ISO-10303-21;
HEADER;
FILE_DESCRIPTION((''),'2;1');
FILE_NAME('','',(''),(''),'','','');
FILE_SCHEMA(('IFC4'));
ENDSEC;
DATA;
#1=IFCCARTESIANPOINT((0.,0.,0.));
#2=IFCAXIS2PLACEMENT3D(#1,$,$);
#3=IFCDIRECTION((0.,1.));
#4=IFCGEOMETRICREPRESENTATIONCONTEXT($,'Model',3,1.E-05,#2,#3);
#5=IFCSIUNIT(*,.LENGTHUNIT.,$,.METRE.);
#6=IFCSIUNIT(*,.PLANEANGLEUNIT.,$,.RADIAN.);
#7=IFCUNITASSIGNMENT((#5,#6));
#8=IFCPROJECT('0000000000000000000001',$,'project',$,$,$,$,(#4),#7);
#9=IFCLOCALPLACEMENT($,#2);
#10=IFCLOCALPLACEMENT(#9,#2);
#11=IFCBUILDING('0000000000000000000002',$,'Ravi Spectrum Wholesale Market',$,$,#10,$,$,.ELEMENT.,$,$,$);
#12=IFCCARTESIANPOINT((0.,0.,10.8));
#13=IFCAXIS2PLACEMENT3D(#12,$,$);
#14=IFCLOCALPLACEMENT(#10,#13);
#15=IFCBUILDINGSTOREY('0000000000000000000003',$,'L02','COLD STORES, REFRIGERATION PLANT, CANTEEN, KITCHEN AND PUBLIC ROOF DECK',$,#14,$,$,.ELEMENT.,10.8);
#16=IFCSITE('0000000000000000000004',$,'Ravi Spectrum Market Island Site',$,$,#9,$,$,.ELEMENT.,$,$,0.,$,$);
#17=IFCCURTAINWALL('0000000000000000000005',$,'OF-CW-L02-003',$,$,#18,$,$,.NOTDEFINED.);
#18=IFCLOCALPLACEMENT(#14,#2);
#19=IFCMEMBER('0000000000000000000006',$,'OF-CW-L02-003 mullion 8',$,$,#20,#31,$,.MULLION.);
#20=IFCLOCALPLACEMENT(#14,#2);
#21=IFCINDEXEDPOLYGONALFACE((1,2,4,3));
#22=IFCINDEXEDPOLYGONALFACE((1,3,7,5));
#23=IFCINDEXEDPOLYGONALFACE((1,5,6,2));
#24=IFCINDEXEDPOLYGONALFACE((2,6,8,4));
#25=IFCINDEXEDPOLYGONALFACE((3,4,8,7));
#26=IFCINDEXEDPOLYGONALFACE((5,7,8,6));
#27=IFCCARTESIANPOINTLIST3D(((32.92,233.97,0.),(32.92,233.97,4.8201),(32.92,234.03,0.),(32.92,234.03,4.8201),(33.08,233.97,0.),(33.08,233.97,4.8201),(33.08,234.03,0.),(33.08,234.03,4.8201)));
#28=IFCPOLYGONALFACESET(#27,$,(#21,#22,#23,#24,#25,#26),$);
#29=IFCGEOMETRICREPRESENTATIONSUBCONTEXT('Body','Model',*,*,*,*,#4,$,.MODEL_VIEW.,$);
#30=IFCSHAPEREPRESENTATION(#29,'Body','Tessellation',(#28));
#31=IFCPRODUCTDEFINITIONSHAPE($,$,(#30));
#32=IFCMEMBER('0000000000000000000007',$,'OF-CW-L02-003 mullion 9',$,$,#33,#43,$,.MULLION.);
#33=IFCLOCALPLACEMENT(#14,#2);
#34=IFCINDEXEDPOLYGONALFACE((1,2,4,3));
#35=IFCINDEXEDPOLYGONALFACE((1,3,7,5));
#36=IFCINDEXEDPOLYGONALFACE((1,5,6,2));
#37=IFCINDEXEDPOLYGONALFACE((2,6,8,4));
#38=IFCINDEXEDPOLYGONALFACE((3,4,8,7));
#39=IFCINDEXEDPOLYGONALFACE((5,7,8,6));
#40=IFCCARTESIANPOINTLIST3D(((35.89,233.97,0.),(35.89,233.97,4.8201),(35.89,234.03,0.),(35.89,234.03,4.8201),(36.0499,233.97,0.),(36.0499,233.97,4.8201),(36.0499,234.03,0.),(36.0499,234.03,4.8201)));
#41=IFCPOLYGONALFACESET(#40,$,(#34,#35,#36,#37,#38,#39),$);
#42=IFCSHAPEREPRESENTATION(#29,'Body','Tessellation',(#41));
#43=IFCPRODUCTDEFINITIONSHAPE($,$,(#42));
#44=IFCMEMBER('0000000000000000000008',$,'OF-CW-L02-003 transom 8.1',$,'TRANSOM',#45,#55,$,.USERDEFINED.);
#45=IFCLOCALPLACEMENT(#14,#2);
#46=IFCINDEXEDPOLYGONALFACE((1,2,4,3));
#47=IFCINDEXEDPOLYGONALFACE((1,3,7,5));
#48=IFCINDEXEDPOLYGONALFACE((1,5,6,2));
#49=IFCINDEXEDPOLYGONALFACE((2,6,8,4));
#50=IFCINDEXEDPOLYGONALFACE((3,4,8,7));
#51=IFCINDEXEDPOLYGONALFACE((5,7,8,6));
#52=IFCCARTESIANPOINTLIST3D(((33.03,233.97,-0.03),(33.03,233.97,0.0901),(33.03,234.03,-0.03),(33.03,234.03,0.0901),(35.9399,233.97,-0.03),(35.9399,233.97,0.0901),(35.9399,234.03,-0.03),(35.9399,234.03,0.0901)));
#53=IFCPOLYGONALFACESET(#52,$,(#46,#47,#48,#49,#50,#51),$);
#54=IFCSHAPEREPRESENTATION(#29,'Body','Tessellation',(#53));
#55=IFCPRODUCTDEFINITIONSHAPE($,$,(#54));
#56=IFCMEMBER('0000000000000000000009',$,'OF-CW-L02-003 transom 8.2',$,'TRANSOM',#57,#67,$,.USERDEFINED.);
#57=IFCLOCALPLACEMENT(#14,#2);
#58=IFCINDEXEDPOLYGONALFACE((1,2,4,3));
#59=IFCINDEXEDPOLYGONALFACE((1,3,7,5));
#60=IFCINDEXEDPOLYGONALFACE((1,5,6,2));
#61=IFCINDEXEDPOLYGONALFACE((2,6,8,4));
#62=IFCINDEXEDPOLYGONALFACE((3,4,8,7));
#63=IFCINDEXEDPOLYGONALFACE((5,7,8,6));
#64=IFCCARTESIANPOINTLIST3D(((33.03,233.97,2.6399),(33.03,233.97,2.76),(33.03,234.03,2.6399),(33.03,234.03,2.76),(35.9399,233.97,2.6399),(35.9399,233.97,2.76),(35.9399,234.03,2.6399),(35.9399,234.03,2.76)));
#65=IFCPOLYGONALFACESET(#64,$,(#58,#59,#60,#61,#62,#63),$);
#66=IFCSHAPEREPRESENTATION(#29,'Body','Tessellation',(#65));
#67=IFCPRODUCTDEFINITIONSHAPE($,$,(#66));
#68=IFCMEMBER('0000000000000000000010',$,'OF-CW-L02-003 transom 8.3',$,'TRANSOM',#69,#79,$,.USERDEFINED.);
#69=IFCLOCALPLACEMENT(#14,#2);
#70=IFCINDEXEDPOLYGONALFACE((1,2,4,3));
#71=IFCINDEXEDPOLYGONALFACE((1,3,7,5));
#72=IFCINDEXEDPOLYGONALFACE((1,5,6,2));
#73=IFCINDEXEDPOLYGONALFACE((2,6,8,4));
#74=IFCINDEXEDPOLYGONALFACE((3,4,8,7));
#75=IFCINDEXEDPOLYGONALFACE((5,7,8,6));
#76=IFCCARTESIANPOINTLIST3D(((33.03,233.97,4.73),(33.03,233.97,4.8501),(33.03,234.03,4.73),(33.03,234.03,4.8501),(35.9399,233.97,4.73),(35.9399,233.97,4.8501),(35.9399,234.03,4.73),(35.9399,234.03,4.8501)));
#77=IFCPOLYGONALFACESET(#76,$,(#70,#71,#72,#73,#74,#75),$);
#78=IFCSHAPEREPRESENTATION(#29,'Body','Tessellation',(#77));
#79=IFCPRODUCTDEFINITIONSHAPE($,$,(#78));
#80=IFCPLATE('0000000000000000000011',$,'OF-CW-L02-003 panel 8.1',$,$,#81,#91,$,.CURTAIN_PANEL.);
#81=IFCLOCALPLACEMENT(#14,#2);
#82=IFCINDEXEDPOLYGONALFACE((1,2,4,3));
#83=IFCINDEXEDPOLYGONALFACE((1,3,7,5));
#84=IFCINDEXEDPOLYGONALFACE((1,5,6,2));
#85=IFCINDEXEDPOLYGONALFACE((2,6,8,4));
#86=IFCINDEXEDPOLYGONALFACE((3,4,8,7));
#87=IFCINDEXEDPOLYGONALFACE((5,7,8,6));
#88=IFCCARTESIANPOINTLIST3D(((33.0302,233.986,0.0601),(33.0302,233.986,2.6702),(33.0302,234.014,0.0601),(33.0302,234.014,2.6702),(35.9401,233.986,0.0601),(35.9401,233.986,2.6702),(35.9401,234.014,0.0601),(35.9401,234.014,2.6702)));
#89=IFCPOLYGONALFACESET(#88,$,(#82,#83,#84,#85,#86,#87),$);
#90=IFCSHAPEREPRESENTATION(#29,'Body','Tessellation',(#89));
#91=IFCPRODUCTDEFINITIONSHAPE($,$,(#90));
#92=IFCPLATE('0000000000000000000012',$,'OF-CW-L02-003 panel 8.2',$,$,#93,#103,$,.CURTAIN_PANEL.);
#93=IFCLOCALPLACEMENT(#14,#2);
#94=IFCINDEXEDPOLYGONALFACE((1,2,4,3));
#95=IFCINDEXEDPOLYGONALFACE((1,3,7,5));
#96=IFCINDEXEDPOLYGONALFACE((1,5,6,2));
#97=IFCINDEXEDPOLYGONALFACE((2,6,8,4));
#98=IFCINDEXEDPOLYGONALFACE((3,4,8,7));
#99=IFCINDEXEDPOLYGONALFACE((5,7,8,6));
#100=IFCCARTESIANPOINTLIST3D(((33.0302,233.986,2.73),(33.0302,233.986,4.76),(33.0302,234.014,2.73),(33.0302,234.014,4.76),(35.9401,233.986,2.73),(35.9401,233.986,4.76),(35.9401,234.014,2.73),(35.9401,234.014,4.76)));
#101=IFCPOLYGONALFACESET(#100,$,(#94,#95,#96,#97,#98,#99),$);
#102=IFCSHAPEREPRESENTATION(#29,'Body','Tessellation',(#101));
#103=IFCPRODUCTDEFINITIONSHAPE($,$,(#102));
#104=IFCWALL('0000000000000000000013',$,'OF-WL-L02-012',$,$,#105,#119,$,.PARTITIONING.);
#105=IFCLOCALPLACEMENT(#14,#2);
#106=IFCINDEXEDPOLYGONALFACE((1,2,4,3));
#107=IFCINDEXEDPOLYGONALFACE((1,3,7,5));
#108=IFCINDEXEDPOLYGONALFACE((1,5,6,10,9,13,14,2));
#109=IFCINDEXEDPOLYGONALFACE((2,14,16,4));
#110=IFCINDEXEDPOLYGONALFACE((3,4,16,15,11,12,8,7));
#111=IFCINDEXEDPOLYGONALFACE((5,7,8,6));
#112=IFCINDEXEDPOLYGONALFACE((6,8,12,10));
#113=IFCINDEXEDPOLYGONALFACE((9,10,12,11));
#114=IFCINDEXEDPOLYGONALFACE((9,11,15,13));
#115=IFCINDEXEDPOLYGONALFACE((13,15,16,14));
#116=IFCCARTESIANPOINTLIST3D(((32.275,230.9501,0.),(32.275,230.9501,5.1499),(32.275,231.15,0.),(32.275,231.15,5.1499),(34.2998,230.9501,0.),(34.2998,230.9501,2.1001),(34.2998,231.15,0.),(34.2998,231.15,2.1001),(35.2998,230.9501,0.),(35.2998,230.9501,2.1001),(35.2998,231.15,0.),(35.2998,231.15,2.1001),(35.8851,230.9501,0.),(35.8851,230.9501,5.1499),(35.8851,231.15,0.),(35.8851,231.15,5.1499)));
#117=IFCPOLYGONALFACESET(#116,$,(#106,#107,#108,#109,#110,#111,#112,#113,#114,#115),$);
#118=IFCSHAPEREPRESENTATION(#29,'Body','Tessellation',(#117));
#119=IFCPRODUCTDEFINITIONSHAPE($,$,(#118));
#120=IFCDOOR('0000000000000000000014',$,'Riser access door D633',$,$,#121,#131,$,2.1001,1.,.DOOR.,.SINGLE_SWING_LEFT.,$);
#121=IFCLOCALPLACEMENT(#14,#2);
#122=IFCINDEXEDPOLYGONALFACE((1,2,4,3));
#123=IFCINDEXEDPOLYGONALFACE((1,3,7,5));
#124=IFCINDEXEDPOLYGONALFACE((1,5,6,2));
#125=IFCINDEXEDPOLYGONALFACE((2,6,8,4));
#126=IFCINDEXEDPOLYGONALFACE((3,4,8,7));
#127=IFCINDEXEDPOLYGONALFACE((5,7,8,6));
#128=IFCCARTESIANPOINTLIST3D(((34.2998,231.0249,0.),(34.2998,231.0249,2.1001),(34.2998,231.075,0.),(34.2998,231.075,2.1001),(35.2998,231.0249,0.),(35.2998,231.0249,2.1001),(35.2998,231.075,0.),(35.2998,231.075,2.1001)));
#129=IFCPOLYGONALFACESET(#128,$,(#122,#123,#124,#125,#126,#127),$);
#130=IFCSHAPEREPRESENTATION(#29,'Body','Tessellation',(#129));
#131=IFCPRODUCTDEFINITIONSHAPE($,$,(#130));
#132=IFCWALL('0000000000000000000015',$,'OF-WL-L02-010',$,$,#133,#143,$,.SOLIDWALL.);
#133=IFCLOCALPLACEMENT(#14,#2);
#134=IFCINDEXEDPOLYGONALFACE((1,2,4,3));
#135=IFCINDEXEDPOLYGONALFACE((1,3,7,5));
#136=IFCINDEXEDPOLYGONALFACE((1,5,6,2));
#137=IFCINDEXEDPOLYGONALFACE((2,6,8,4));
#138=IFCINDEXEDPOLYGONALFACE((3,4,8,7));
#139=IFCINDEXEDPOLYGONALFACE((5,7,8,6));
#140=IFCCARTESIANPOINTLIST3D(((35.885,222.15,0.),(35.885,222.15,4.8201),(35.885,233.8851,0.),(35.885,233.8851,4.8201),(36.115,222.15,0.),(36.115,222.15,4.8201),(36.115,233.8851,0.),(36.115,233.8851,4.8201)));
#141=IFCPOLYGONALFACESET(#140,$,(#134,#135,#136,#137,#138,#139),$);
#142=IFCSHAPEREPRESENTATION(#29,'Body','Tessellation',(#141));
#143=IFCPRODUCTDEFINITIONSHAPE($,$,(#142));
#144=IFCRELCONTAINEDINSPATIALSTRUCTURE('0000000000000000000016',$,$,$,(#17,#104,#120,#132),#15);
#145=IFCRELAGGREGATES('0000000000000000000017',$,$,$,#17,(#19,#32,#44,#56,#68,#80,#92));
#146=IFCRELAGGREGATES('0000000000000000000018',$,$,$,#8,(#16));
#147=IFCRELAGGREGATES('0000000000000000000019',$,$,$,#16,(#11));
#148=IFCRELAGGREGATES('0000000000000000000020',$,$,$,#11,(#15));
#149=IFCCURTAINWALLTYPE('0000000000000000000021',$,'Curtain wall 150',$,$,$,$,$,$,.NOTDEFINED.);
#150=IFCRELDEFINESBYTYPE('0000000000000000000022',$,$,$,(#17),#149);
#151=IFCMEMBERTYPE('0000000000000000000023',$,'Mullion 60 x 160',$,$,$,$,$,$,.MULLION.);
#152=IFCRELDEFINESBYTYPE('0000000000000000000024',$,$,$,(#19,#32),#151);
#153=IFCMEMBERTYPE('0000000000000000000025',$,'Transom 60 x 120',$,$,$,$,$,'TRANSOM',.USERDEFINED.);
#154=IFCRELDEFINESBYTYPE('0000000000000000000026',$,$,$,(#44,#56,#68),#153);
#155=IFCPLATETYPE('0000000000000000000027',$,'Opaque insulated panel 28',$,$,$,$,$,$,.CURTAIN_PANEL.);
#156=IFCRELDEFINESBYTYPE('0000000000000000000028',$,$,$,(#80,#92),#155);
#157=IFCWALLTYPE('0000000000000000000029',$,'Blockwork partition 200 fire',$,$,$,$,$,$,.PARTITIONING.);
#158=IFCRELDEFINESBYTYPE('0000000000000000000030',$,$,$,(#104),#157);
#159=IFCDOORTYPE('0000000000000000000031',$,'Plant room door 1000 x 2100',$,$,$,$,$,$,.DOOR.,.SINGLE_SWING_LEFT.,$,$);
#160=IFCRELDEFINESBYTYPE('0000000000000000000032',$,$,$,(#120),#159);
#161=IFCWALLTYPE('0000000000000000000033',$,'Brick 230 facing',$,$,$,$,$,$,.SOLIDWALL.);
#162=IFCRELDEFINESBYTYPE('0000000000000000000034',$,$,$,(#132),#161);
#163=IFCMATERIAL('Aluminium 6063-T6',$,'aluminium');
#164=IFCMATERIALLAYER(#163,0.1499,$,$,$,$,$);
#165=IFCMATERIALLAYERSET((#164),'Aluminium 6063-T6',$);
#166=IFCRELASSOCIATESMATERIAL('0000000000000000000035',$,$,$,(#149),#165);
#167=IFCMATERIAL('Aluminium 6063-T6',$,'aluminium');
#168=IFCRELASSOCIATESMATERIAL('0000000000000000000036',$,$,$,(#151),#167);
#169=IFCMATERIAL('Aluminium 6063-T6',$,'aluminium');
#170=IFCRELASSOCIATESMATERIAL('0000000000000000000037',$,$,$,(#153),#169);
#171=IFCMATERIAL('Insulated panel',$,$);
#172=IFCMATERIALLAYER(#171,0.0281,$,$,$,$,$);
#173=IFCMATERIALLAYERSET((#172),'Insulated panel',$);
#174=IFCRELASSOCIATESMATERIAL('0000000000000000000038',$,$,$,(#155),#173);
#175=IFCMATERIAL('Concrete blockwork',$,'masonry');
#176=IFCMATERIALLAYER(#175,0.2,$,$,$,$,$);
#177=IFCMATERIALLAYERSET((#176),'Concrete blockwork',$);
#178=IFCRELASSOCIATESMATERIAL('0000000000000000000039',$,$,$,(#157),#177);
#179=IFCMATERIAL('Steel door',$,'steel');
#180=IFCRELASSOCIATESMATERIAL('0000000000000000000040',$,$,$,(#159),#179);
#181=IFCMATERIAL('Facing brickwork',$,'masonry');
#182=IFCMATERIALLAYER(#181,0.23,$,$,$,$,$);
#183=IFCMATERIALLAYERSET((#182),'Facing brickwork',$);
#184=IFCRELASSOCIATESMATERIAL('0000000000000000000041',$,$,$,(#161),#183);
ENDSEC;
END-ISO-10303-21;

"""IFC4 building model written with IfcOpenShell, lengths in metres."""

from ifc_helpers import new_model, si_unit, direction, frame, frame_2d, origin, origin_2d, place, context, subcontext, project, spatial, rectangle, extrude, material, layer, layer_set, material_profile, profile_set, type_object, element, fill, aggregate, save


model = new_model("IFC4")

# Units and contexts
model_context = context("Model", 3, precision=1e-05, world=origin(), true_north=direction((0.0, 1.0)))
body_context = subcontext(model_context, "Body", "Model", "MODEL_VIEW")
ifc_project = project(units=[si_unit("LENGTHUNIT", "METRE"), si_unit("PLANEANGLEUNIT", "RADIAN")], contexts=[model_context])

# Site, building, storey
site_placement = place(None, origin())
site = spatial("IfcSite", under=ifc_project, at=site_placement, Name="Ravi Spectrum Market Island Site", CompositionType="ELEMENT", RefElevation=0.0)
building_placement = place(site_placement, origin())
building = spatial("IfcBuilding", under=site, at=building_placement, Name="Ravi Spectrum Wholesale Market", CompositionType="ELEMENT")
storey_placement = place(building_placement, frame((0.0, 0.0, 10.8)))
storey = spatial("IfcBuildingStorey", under=building, at=storey_placement, Name="L02", Description="COLD STORES, REFRIGERATION PLANT, CANTEEN, KITCHEN AND PUBLIC ROOF DECK", CompositionType="ELEMENT", Elevation=10.8)

# Curtain wall, members, plates
ifc_material_1 = material(Name="Aluminium 6063-T6", Category="aluminium")
ifc_layer_1 = layer(ifc_material_1, 0.1499)
ifc_layer_set_1 = layer_set([ifc_layer_1], Name="Aluminium 6063-T6")
curtain_wall_type = type_object("IfcCurtainWallType", Name="Curtain wall 150", PredefinedType="NOTDEFINED", material=ifc_layer_set_1)
curtain_wall_placement = place(storey_placement, origin())
curtain_wall = element("IfcCurtainWall", 1, at=curtain_wall_placement, inside=storey, type_object=curtain_wall_type, Name="OF-CW-L02-003", PredefinedType="NOTDEFINED")
ifc_material_2 = material(Name="Aluminium 6063-T6", Category="aluminium")
ifc_material_profile_1 = material_profile(ifc_material_2, rectangle(XDim=0.0601, YDim=0.1599, at=origin_2d()))
ifc_profile_set_1 = profile_set([ifc_material_profile_1], Name="Aluminium 6063-T6")
member_type_1 = type_object("IfcMemberType", Name="Mullion 60 x 160", PredefinedType="MULLION", material=ifc_profile_set_1)
member_1_placement = place(storey_placement, frame((33.0, 234.0, 0.0), z_axis=(0.0, 0.0, 1.0), x_axis=(0.0, 1.0, 0.0)))
member_1 = element("IfcMember", 2, at=member_1_placement, type_object=member_type_1, Name="OF-CW-L02-003 mullion 8", PredefinedType="MULLION", context=body_context, shape_type="SweptSolid", body=[
    extrude(rectangle(XDim=0.0601, YDim=0.1599, at=origin_2d()), origin(), (0.0, 0.0, 1.0), 4.8201),
])
member_2_placement = place(storey_placement, frame((35.97, 234.0, 0.0), z_axis=(0.0, 0.0, 1.0), x_axis=(0.0, 1.0, 0.0)))
member_2 = element("IfcMember", 3, at=member_2_placement, type_object=member_type_1, Name="OF-CW-L02-003 mullion 9", PredefinedType="MULLION", context=body_context, shape_type="SweptSolid", body=[
    extrude(rectangle(XDim=0.0601, YDim=0.1599, at=origin_2d()), origin(), (0.0, 0.0, 1.0), 4.8201),
])
ifc_material_3 = material(Name="Aluminium 6063-T6", Category="aluminium")
ifc_material_profile_2 = material_profile(ifc_material_3, rectangle(XDim=0.0601, YDim=0.1201, at=origin_2d()))
ifc_profile_set_2 = profile_set([ifc_material_profile_2], Name="Aluminium 6063-T6")
member_type_2 = type_object("IfcMemberType", Name="Transom 60 x 120", ElementType="TRANSOM", PredefinedType="USERDEFINED", material=ifc_profile_set_2)
member_3_placement = place(storey_placement, frame((33.03, 234.0, 0.03), z_axis=(1.0, 0.0, 0.0), x_axis=(0.0, 1.0, 0.0)))
member_3 = element("IfcMember", 4, at=member_3_placement, type_object=member_type_2, Name="OF-CW-L02-003 transom 8.1", ObjectType="TRANSOM", PredefinedType="USERDEFINED", context=body_context, shape_type="SweptSolid", body=[
    extrude(rectangle(XDim=0.0601, YDim=0.1201, at=origin_2d()), origin(), (0.0, 0.0, 1.0), 2.9099),
])
member_4_placement = place(storey_placement, frame((33.03, 234.0, 2.7), z_axis=(1.0, 0.0, 0.0), x_axis=(0.0, 1.0, 0.0)))
member_4 = element("IfcMember", 5, at=member_4_placement, type_object=member_type_2, Name="OF-CW-L02-003 transom 8.2", ObjectType="TRANSOM", PredefinedType="USERDEFINED", context=body_context, shape_type="SweptSolid", body=[
    extrude(rectangle(XDim=0.0601, YDim=0.1201, at=origin_2d()), origin(), (0.0, 0.0, 1.0), 2.9099),
])
member_5_placement = place(storey_placement, frame((33.03, 234.0, 4.79), z_axis=(1.0, 0.0, 0.0), x_axis=(0.0, 1.0, 0.0)))
member_5 = element("IfcMember", 6, at=member_5_placement, type_object=member_type_2, Name="OF-CW-L02-003 transom 8.3", ObjectType="TRANSOM", PredefinedType="USERDEFINED", context=body_context, shape_type="SweptSolid", body=[
    extrude(rectangle(XDim=0.0601, YDim=0.1201, at=origin_2d()), origin(), (0.0, 0.0, 1.0), 2.9099),
])
ifc_material_4 = material(Name="Insulated panel")
ifc_layer_2 = layer(ifc_material_4, 0.0281)
ifc_layer_set_2 = layer_set([ifc_layer_2], Name="Insulated panel")
plate_type = type_object("IfcPlateType", Name="Opaque insulated panel 28", PredefinedType="CURTAIN_PANEL", material=ifc_layer_set_2)
plate_1_placement = place(storey_placement, frame((34.4851, 234.0, 0.0601), z_axis=(0.0, 0.0, 1.0), x_axis=(1.0, 0.0, 0.0)))
plate_1 = element("IfcPlate", 7, at=plate_1_placement, type_object=plate_type, Name="OF-CW-L02-003 panel 8.1", PredefinedType="CURTAIN_PANEL", context=body_context, shape_type="SweptSolid", body=[
    extrude(rectangle(XDim=2.9099, YDim=0.0281, at=origin_2d()), origin(), (0.0, 0.0, 1.0), 2.6101),
])
plate_2_placement = place(storey_placement, frame((34.4851, 234.0, 2.73), z_axis=(0.0, 0.0, 1.0), x_axis=(1.0, 0.0, 0.0)))
plate_2 = element("IfcPlate", 8, at=plate_2_placement, type_object=plate_type, Name="OF-CW-L02-003 panel 8.2", PredefinedType="CURTAIN_PANEL", context=body_context, shape_type="SweptSolid", body=[
    extrude(rectangle(XDim=2.9099, YDim=0.0281, at=origin_2d()), origin(), (0.0, 0.0, 1.0), 2.03),
])
aggregate(curtain_wall, [member_1, member_2, member_3, member_4, member_5, plate_1, plate_2])

# Wall, opening, door
ifc_material_5 = material(Name="Concrete blockwork", Category="masonry")
ifc_layer_3 = layer(ifc_material_5, 0.2)
ifc_layer_set_3 = layer_set([ifc_layer_3], Name="Concrete blockwork")
wall_type_1 = type_object("IfcWallType", Name="Blockwork partition 200 fire", PredefinedType="PARTITIONING", material=ifc_layer_set_3)
wall_1_placement = place(storey_placement, frame((32.2749, 231.05, 0.0), z_axis=(0.0, 0.0, 1.0), x_axis=(1.0, 0.0, 0.0)))
wall_1 = element("IfcWall", 9, at=wall_1_placement, inside=storey, type_object=wall_type_1, Name="OF-WL-L02-012", PredefinedType="PARTITIONING", context=body_context, shape_type="SweptSolid", body=[
    extrude(rectangle(XDim=3.6101, YDim=0.2, at=frame_2d((1.8052, 0.0))), origin(), (0.0, 0.0, 1.0), 5.1499),
])
opening_placement = place(wall_1_placement, frame((2.0249, 0.0, 0.0)))
opening = element("IfcOpeningElement", 10, at=opening_placement, cuts=wall_1, PredefinedType="OPENING", context=body_context, shape_type="SweptSolid", body=[
    extrude(rectangle(XDim=1.0, YDim=2.1001, at=frame_2d((0.5, 1.05))), frame((0.0, 0.1099, 0.0), z_axis=(0.0, -1.0, 0.0), x_axis=(1.0, 0.0, 0.0)), (0.0, 0.0, 1.0), 0.22),
])
ifc_material_6 = material(Name="Steel door", Category="steel")
door_type = type_object("IfcDoorType", Name="Plant room door 1000 x 2100", OperationType="SINGLE_SWING_LEFT", PredefinedType="DOOR", material=ifc_material_6)
door_placement = place(opening_placement, origin())
door = element("IfcDoor", 11, at=door_placement, inside=storey, type_object=door_type, Name="Riser access door D633", OperationType="SINGLE_SWING_LEFT", OverallHeight=2.1001, OverallWidth=1.0, PredefinedType="DOOR", context=body_context, shape_type="SweptSolid", body=[
    extrude(rectangle(XDim=1.0, YDim=2.1001, at=frame_2d((0.5, 1.05))), frame((0.0, 0.0249, 0.0), z_axis=(0.0, -1.0, 0.0), x_axis=(1.0, 0.0, 0.0)), (0.0, 0.0, 1.0), 0.05),
])
fill(opening, door)

# Wall
ifc_material_7 = material(Name="Facing brickwork", Category="masonry")
ifc_layer_4 = layer(ifc_material_7, 0.23)
ifc_layer_set_4 = layer_set([ifc_layer_4], Name="Facing brickwork")
wall_type_2 = type_object("IfcWallType", Name="Brick 230 facing", PredefinedType="SOLIDWALL", material=ifc_layer_set_4)
wall_2_placement = place(storey_placement, frame((36.0, 222.1499, 0.0), z_axis=(0.0, 0.0, 1.0), x_axis=(0.0, 1.0, 0.0)))
element("IfcWall", 12, at=wall_2_placement, inside=storey, type_object=wall_type_2, Name="OF-WL-L02-010", PredefinedType="SOLIDWALL", context=body_context, shape_type="SweptSolid", body=[
    extrude(rectangle(XDim=11.7351, YDim=0.23, at=frame_2d((5.8677, 0.0))), origin(), (0.0, 0.0, 1.0), 4.8201),
])

save(model, "model.ifc")
